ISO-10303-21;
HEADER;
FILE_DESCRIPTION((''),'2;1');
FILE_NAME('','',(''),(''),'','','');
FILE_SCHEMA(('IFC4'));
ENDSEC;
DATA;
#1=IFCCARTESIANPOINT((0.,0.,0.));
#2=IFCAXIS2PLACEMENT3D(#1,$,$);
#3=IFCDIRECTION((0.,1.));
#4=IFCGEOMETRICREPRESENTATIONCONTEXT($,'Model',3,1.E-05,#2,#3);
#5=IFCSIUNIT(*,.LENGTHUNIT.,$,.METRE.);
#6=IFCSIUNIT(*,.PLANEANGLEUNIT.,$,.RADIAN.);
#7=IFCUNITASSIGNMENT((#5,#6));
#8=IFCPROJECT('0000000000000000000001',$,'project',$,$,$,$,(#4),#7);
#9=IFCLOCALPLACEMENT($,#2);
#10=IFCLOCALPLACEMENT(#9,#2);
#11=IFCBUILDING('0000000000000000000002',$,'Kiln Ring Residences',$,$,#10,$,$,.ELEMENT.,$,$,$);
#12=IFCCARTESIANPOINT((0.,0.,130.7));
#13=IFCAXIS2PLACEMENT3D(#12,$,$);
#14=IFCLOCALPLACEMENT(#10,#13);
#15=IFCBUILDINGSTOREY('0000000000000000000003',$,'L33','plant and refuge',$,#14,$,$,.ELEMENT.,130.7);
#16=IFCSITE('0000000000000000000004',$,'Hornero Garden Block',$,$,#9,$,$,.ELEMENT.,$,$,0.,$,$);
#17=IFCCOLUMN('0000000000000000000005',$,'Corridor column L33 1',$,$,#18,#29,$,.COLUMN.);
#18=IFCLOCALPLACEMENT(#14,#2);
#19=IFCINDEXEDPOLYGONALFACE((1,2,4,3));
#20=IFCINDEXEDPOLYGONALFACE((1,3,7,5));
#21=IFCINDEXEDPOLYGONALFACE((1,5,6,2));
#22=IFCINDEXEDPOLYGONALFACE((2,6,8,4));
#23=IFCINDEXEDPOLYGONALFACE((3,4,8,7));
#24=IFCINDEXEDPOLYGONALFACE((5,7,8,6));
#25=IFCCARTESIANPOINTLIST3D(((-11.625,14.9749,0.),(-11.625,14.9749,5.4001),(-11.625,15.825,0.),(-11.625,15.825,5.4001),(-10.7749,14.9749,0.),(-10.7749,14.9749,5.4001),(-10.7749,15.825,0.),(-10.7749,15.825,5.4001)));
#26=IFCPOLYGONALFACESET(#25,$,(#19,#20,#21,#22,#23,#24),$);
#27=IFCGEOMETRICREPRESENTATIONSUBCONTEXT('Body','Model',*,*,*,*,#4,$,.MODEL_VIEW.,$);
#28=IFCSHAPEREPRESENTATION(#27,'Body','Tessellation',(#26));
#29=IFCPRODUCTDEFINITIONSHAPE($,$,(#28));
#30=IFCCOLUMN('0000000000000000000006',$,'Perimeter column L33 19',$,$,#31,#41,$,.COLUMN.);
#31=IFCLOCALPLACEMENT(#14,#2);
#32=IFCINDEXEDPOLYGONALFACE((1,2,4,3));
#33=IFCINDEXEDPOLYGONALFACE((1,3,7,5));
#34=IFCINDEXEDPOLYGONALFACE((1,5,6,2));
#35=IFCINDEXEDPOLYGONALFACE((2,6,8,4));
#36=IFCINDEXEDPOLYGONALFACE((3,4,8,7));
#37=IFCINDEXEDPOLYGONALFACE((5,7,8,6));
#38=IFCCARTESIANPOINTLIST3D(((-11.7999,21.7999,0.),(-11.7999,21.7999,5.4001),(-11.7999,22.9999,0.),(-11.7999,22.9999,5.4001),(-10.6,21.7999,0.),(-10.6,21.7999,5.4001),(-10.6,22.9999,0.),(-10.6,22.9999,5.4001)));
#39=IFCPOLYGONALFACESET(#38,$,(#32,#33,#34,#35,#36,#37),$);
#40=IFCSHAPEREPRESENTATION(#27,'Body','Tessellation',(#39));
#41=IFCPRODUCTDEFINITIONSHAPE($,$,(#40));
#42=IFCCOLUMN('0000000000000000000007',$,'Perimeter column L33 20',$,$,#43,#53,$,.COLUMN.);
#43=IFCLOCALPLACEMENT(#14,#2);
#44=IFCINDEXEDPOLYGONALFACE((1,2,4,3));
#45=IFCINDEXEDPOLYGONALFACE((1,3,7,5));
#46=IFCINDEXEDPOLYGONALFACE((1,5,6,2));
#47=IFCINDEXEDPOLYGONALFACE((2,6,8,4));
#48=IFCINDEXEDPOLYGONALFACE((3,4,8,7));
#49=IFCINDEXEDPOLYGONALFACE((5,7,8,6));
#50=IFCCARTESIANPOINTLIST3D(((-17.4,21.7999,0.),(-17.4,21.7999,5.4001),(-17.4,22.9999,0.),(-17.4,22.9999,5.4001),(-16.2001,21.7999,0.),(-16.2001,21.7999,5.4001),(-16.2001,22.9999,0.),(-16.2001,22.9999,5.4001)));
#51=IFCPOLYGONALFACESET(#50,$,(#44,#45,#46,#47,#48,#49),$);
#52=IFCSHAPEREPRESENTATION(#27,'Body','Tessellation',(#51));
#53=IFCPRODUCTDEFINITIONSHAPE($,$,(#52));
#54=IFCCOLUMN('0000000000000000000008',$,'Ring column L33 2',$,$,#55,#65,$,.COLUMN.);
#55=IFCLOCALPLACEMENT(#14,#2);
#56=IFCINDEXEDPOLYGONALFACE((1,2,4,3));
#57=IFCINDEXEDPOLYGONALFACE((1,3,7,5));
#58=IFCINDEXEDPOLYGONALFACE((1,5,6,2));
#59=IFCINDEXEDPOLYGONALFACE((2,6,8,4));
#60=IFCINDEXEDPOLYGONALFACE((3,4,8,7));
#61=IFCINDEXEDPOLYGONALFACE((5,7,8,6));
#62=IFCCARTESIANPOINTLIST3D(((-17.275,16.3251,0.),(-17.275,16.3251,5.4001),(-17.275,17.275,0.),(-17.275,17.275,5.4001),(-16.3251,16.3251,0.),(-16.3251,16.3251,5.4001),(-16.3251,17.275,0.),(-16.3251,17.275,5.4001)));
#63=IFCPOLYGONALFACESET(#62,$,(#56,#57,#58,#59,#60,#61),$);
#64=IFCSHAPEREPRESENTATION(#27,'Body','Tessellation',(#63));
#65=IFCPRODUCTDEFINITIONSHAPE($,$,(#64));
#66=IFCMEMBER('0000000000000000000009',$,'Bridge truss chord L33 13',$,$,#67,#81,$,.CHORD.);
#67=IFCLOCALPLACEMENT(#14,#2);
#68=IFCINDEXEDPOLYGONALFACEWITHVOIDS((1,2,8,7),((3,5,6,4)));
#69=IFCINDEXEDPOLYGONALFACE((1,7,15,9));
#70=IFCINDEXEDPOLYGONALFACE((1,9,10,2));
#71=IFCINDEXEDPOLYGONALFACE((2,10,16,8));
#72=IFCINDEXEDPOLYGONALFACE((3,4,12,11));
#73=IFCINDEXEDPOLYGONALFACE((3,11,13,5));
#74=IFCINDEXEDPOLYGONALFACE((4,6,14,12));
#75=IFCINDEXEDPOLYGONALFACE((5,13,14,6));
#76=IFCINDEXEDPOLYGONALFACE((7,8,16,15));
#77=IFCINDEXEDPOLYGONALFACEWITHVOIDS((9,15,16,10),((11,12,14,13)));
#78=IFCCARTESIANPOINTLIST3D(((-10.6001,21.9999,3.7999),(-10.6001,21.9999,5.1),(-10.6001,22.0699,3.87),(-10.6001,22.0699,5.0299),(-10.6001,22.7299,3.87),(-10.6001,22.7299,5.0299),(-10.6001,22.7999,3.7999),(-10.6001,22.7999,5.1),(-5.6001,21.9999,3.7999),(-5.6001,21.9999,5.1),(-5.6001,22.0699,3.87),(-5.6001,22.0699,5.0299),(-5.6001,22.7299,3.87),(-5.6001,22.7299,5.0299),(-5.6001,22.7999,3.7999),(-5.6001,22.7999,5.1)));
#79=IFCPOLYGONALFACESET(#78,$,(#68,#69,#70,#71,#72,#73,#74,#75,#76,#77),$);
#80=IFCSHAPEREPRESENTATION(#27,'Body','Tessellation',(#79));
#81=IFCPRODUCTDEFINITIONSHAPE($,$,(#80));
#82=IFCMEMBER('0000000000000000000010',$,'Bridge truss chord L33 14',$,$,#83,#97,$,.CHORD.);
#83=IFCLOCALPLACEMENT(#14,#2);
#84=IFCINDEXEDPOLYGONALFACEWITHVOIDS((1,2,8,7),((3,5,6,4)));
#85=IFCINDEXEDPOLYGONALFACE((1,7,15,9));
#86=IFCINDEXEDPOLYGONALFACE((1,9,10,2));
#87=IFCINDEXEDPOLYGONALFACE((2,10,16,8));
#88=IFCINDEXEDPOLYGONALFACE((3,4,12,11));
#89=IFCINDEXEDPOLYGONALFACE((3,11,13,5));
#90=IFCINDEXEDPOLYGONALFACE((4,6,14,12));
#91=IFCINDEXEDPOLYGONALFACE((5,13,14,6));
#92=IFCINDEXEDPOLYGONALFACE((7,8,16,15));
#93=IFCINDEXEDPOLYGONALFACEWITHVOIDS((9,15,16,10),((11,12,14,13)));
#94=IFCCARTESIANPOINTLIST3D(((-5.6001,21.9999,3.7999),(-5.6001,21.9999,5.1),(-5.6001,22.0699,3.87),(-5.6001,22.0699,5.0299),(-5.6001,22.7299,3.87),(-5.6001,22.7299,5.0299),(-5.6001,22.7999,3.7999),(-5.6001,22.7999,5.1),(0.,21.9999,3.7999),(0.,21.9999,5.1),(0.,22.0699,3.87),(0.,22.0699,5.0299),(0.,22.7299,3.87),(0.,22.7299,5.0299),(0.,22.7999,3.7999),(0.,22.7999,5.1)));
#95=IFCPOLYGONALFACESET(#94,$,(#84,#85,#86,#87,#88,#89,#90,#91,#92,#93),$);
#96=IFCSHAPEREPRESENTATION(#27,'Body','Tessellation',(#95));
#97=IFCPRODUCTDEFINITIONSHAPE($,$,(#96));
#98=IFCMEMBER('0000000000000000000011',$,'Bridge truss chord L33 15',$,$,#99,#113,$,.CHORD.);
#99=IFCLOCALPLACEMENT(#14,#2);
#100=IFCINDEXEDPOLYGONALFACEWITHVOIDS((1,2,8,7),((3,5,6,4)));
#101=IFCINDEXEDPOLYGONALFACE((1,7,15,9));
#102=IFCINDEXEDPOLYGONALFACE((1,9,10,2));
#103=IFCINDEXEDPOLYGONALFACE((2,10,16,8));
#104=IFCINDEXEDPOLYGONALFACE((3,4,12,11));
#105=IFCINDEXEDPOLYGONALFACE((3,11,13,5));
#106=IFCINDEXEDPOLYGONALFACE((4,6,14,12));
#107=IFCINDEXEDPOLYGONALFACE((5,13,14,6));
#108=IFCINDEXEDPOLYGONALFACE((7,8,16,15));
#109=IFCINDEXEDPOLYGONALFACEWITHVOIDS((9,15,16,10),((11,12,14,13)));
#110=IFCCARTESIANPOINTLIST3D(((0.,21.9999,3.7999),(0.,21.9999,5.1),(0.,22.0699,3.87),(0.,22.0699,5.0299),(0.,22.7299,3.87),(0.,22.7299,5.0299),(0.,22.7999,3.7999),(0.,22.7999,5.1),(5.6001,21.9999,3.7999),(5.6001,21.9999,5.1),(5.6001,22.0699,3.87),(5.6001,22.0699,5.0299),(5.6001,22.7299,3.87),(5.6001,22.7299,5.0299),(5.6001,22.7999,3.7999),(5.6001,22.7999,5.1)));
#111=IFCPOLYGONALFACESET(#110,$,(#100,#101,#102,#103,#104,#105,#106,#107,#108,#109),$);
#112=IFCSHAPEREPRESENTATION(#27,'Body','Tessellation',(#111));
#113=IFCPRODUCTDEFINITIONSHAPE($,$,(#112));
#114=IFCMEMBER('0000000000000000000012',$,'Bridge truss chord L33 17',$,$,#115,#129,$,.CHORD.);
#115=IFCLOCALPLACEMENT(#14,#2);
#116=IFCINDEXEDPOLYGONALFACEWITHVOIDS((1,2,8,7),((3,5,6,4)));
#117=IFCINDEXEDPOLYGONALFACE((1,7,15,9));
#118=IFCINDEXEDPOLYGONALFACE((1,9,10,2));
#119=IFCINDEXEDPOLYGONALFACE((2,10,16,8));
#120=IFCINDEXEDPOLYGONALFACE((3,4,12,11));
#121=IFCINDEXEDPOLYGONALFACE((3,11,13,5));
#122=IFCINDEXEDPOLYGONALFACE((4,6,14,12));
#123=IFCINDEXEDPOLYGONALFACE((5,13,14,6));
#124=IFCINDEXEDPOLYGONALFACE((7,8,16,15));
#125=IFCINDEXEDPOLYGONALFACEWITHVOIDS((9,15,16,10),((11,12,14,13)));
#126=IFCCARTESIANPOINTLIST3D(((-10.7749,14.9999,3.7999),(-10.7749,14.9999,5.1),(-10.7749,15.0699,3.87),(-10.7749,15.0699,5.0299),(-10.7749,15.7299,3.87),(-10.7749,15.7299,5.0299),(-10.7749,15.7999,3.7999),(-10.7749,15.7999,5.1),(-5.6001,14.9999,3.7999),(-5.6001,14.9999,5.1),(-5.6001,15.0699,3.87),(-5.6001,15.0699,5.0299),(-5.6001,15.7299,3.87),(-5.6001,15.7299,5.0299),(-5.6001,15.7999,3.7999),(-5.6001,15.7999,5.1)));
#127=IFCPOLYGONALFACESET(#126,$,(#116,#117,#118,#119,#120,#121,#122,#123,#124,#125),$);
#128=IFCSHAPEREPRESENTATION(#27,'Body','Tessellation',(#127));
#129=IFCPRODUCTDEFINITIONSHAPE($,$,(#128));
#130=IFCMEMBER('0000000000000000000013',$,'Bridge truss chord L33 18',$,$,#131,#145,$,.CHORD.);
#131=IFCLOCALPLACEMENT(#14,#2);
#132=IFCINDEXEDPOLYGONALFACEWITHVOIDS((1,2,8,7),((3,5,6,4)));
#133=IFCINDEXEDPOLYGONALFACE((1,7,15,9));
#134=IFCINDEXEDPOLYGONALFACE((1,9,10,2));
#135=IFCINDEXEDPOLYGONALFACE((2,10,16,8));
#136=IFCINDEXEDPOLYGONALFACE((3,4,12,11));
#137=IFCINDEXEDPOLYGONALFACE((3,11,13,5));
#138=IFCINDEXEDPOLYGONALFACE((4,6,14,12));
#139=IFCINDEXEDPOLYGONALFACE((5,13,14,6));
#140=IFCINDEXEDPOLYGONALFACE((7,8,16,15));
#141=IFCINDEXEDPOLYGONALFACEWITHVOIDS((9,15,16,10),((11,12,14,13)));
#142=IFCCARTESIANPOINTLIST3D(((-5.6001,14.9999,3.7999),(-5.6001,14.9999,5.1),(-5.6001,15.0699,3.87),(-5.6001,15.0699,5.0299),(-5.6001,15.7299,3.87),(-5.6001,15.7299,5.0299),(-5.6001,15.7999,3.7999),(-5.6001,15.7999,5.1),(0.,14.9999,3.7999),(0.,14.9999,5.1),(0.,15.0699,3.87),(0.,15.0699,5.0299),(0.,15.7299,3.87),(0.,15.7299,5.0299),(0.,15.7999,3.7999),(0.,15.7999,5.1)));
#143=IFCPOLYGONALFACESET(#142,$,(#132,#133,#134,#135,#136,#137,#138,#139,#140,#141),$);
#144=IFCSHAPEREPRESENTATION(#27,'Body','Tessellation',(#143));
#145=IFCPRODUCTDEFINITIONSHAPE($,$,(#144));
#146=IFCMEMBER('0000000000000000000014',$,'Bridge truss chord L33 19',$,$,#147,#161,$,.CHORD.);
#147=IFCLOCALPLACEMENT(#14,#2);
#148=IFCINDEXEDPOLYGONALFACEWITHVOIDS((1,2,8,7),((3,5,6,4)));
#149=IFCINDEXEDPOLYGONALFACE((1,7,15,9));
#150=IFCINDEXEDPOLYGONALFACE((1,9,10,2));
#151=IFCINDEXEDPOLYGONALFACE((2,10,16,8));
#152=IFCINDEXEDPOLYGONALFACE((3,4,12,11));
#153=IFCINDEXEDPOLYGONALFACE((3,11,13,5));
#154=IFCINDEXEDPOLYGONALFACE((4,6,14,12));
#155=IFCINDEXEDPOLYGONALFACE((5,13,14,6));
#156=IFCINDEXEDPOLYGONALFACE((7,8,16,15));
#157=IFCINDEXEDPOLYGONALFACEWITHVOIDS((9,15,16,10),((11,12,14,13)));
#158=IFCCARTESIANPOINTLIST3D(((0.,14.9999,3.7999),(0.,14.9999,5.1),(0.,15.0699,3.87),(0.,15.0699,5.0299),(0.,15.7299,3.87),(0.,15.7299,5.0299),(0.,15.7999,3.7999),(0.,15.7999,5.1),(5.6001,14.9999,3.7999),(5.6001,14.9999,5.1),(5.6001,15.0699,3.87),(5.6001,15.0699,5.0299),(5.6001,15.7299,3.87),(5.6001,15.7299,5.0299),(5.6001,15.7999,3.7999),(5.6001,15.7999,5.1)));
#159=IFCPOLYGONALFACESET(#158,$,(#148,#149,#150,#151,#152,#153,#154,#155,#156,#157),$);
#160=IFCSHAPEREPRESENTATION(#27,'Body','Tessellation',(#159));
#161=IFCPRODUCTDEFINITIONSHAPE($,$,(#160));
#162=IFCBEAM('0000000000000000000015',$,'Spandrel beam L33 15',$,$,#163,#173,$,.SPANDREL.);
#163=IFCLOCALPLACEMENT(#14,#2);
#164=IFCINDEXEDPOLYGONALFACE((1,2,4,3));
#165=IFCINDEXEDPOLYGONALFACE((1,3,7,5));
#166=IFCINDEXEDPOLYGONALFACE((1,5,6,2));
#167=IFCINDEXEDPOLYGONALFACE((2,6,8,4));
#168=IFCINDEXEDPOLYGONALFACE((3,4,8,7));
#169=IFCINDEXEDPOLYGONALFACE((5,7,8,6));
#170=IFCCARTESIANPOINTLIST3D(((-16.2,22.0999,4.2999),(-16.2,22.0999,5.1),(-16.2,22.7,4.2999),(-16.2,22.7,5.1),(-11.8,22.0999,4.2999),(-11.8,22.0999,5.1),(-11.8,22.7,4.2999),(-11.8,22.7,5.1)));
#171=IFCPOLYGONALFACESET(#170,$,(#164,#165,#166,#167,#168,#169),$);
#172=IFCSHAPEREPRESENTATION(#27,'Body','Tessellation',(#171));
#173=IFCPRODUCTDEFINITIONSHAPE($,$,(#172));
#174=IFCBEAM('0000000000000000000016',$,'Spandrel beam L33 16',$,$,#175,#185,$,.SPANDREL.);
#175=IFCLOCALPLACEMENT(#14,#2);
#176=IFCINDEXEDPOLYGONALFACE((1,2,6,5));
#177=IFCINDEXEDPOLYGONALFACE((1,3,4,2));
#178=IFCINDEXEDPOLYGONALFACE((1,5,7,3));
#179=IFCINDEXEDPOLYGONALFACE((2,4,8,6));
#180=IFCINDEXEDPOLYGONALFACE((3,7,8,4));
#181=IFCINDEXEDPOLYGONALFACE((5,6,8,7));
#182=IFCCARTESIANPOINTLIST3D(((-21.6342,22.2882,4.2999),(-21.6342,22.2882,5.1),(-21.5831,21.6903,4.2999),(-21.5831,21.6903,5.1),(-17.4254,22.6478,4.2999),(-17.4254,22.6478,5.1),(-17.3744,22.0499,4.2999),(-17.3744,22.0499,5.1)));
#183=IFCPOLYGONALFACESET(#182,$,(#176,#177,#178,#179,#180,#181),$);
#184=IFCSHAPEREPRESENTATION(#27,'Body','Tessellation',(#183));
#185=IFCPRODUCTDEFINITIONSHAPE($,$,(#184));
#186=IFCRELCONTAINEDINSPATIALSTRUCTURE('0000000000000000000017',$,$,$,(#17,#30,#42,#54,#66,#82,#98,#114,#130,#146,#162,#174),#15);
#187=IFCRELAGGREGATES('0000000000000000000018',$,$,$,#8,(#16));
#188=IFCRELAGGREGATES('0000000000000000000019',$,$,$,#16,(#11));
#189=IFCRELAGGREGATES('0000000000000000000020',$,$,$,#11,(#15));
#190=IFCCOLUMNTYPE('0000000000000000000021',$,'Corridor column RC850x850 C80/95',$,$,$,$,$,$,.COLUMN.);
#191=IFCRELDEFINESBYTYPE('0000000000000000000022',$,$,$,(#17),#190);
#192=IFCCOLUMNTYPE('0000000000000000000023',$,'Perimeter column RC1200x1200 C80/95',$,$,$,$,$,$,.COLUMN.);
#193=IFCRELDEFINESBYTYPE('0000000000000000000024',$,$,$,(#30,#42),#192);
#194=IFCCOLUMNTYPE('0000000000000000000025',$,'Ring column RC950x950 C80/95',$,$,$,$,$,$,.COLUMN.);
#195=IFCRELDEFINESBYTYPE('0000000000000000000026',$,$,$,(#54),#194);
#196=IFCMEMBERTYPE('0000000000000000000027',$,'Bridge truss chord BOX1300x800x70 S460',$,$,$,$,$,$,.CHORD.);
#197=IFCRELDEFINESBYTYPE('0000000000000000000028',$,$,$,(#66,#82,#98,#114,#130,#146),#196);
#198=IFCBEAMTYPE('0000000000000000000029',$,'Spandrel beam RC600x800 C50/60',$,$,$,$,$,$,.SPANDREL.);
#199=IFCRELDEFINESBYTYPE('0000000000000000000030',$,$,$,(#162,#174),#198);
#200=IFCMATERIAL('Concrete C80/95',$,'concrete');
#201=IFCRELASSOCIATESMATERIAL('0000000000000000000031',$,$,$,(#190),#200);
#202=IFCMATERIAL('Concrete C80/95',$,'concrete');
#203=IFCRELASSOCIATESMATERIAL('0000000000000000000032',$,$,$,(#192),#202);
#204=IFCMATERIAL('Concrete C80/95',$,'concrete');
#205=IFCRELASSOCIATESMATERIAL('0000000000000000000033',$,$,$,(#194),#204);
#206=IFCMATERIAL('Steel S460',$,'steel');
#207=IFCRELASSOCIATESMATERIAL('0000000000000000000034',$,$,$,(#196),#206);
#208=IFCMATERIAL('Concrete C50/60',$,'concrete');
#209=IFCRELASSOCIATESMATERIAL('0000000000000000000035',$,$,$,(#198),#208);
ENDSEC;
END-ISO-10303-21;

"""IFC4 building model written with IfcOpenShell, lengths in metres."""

from ifc_helpers import new_model, si_unit, direction, frame, origin, origin_2d, place, context, subcontext, project, spatial, rectangle, hollow_rectangle, extrude, material, material_profile, profile_set, type_object, element, save


model = new_model("IFC4")

# Units and contexts
model_context = context("Model", 3, precision=1e-05, world=origin(), true_north=direction((0.0, 1.0)))
body_context = subcontext(model_context, "Body", "Model", "MODEL_VIEW")
ifc_project = project(units=[si_unit("LENGTHUNIT", "METRE"), si_unit("PLANEANGLEUNIT", "RADIAN")], contexts=[model_context])

# Site, building, storey
site_placement = place(None, origin())
site = spatial("IfcSite", under=ifc_project, at=site_placement, Name="Hornero Garden Block", CompositionType="ELEMENT", RefElevation=0.0)
building_placement = place(site_placement, origin())
building = spatial("IfcBuilding", under=site, at=building_placement, Name="Kiln Ring Residences", CompositionType="ELEMENT")
storey_placement = place(building_placement, frame((0.0, 0.0, 130.7)))
storey = spatial("IfcBuildingStorey", under=building, at=storey_placement, Name="L33", Description="plant and refuge", CompositionType="ELEMENT", Elevation=130.7)

# Columns
ifc_material_1 = material(Name="Concrete C80/95", Category="concrete")
ifc_material_profile_1 = material_profile(ifc_material_1, rectangle(XDim=0.8501, YDim=0.8501, at=origin_2d()), Name="RC850x850")
ifc_profile_set_1 = profile_set([ifc_material_profile_1], Name="Concrete C80/95")
column_type_1 = type_object("IfcColumnType", Name="Corridor column RC850x850 C80/95", PredefinedType="COLUMN", material=ifc_profile_set_1)
column_1_placement = place(storey_placement, frame((-11.2, 15.3999, 0.0), z_axis=(0.0, 0.0, 1.0), x_axis=(1.0, 0.0, 0.0)))
element("IfcColumn", 1, at=column_1_placement, inside=storey, type_object=column_type_1, Name="Corridor column L33 1", PredefinedType="COLUMN", context=body_context, shape_type="SweptSolid", body=[
    extrude(rectangle(XDim=0.8501, YDim=0.8501, at=origin_2d()), origin(), (0.0, 0.0, 1.0), 5.4001),
])
ifc_material_2 = material(Name="Concrete C80/95", Category="concrete")
ifc_material_profile_2 = material_profile(ifc_material_2, rectangle(XDim=1.2, YDim=1.2, at=origin_2d()), Name="RC1200x1200")
ifc_profile_set_2 = profile_set([ifc_material_profile_2], Name="Concrete C80/95")
column_type_2 = type_object("IfcColumnType", Name="Perimeter column RC1200x1200 C80/95", PredefinedType="COLUMN", material=ifc_profile_set_2)
for number, where, z_axis, x_axis, name in (
    (2, (-11.2, 22.3999, 0.0), (0.0, 0.0, 1.0), (1.0, 0.0, 0.0), "Perimeter column L33 19"),
    (3, (-16.8, 22.3999, 0.0), (0.0, 0.0, 1.0), (1.0, 0.0, 0.0), "Perimeter column L33 20"),
):
    element("IfcColumn", number, at=place(storey_placement, frame(where, z_axis=z_axis, x_axis=x_axis)), inside=storey, type_object=column_type_2, Name=name, PredefinedType="COLUMN", context=body_context, shape_type="SweptSolid", body=[
        extrude(rectangle(XDim=1.2, YDim=1.2, at=origin_2d()), origin(), (0.0, 0.0, 1.0), 5.4001),
    ])
ifc_material_3 = material(Name="Concrete C80/95", Category="concrete")
ifc_material_profile_3 = material_profile(ifc_material_3, rectangle(XDim=0.95, YDim=0.95, at=origin_2d()), Name="RC950x950")
ifc_profile_set_3 = profile_set([ifc_material_profile_3], Name="Concrete C80/95")
column_type_3 = type_object("IfcColumnType", Name="Ring column RC950x950 C80/95", PredefinedType="COLUMN", material=ifc_profile_set_3)
column_2_placement = place(storey_placement, frame((-16.8, 16.8, 0.0), z_axis=(0.0, 0.0, 1.0), x_axis=(1.0, 0.0, 0.0)))
element("IfcColumn", 4, at=column_2_placement, inside=storey, type_object=column_type_3, Name="Ring column L33 2", PredefinedType="COLUMN", context=body_context, shape_type="SweptSolid", body=[
    extrude(rectangle(XDim=0.95, YDim=0.95, at=origin_2d()), origin(), (0.0, 0.0, 1.0), 5.4001),
])

# Members
ifc_material_4 = material(Name="Steel S460", Category="steel")
ifc_material_profile_4 = material_profile(ifc_material_4, hollow_rectangle(XDim=0.8, YDim=1.3, WallThickness=0.0701, at=origin_2d()), Name="BOX1300x800x70")
ifc_profile_set_4 = profile_set([ifc_material_profile_4], Name="Steel S460")
member_type = type_object("IfcMemberType", Name="Bridge truss chord BOX1300x800x70 S460", PredefinedType="CHORD", material=ifc_profile_set_4)
member_1_placement = place(storey_placement, frame((-10.6001, 22.3999, 4.45), z_axis=(1.0, 0.0, 0.0), x_axis=(0.0, 1.0, 0.0)))
element("IfcMember", 5, at=member_1_placement, inside=storey, type_object=member_type, Name="Bridge truss chord L33 13", PredefinedType="CHORD", context=body_context, shape_type="SweptSolid", body=[
    extrude(hollow_rectangle(XDim=0.8, YDim=1.3, WallThickness=0.0701, at=origin_2d()), origin(), (0.0, 0.0, 1.0), 5.0),
])
for number, where, z_axis, x_axis, name in (
    (6, (-5.6001, 22.3999, 4.45), (1.0, 0.0, 0.0), (0.0, 1.0, 0.0), "Bridge truss chord L33 14"),
    (7, (0.0, 22.3999, 4.45), (1.0, 0.0, 0.0), (0.0, 1.0, 0.0), "Bridge truss chord L33 15"),
):
    element("IfcMember", number, at=place(storey_placement, frame(where, z_axis=z_axis, x_axis=x_axis)), inside=storey, type_object=member_type, Name=name, PredefinedType="CHORD", context=body_context, shape_type="SweptSolid", body=[
        extrude(hollow_rectangle(XDim=0.8, YDim=1.3, WallThickness=0.0701, at=origin_2d()), origin(), (0.0, 0.0, 1.0), 5.6001),
    ])
member_2_placement = place(storey_placement, frame((-10.7749, 15.3999, 4.45), z_axis=(1.0, 0.0, 0.0), x_axis=(0.0, 1.0, 0.0)))
element("IfcMember", 8, at=member_2_placement, inside=storey, type_object=member_type, Name="Bridge truss chord L33 17", PredefinedType="CHORD", context=body_context, shape_type="SweptSolid", body=[
    extrude(hollow_rectangle(XDim=0.8, YDim=1.3, WallThickness=0.0701, at=origin_2d()), origin(), (0.0, 0.0, 1.0), 5.1748),
])
for number, where, z_axis, x_axis, name in (
    (9, (-5.6001, 15.3999, 4.45), (1.0, 0.0, 0.0), (0.0, 1.0, 0.0), "Bridge truss chord L33 18"),
    (10, (0.0, 15.3999, 4.45), (1.0, 0.0, 0.0), (0.0, 1.0, 0.0), "Bridge truss chord L33 19"),
):
    element("IfcMember", number, at=place(storey_placement, frame(where, z_axis=z_axis, x_axis=x_axis)), inside=storey, type_object=member_type, Name=name, PredefinedType="CHORD", context=body_context, shape_type="SweptSolid", body=[
        extrude(hollow_rectangle(XDim=0.8, YDim=1.3, WallThickness=0.0701, at=origin_2d()), origin(), (0.0, 0.0, 1.0), 5.6001),
    ])

# Beams
ifc_material_5 = material(Name="Concrete C50/60", Category="concrete")
ifc_material_profile_5 = material_profile(ifc_material_5, rectangle(XDim=0.6001, YDim=0.8, at=origin_2d()), Name="RC600x800")
ifc_profile_set_5 = profile_set([ifc_material_profile_5], Name="Concrete C50/60")
beam_type = type_object("IfcBeamType", Name="Spandrel beam RC600x800 C50/60", PredefinedType="SPANDREL", material=ifc_profile_set_5)
beam_1_placement = place(storey_placement, frame((-11.8, 22.3999, 4.7), z_axis=(-1.0, 0.0, 0.0), x_axis=(0.0, -1.0, 0.0)))
element("IfcBeam", 11, at=beam_1_placement, inside=storey, type_object=beam_type, Name="Spandrel beam L33 15", PredefinedType="SPANDREL", context=body_context, shape_type="SweptSolid", body=[
    extrude(rectangle(XDim=0.6001, YDim=0.8, at=origin_2d()), origin(), (0.0, 0.0, 1.0), 4.3999),
])
beam_2_placement = place(storey_placement, frame((-17.3999, 22.3489, 4.7), z_axis=(-0.996369, -0.085136, 0.0), x_axis=(0.085136, -0.996369, 0.0)))
element("IfcBeam", 12, at=beam_2_placement, inside=storey, type_object=beam_type, Name="Spandrel beam L33 16", PredefinedType="SPANDREL", context=body_context, shape_type="SweptSolid", body=[
    extrude(rectangle(XDim=0.6001, YDim=0.8, at=origin_2d()), origin(), (0.0, 0.0, 1.0), 4.2241),
])

save(model, "model.ifc")
